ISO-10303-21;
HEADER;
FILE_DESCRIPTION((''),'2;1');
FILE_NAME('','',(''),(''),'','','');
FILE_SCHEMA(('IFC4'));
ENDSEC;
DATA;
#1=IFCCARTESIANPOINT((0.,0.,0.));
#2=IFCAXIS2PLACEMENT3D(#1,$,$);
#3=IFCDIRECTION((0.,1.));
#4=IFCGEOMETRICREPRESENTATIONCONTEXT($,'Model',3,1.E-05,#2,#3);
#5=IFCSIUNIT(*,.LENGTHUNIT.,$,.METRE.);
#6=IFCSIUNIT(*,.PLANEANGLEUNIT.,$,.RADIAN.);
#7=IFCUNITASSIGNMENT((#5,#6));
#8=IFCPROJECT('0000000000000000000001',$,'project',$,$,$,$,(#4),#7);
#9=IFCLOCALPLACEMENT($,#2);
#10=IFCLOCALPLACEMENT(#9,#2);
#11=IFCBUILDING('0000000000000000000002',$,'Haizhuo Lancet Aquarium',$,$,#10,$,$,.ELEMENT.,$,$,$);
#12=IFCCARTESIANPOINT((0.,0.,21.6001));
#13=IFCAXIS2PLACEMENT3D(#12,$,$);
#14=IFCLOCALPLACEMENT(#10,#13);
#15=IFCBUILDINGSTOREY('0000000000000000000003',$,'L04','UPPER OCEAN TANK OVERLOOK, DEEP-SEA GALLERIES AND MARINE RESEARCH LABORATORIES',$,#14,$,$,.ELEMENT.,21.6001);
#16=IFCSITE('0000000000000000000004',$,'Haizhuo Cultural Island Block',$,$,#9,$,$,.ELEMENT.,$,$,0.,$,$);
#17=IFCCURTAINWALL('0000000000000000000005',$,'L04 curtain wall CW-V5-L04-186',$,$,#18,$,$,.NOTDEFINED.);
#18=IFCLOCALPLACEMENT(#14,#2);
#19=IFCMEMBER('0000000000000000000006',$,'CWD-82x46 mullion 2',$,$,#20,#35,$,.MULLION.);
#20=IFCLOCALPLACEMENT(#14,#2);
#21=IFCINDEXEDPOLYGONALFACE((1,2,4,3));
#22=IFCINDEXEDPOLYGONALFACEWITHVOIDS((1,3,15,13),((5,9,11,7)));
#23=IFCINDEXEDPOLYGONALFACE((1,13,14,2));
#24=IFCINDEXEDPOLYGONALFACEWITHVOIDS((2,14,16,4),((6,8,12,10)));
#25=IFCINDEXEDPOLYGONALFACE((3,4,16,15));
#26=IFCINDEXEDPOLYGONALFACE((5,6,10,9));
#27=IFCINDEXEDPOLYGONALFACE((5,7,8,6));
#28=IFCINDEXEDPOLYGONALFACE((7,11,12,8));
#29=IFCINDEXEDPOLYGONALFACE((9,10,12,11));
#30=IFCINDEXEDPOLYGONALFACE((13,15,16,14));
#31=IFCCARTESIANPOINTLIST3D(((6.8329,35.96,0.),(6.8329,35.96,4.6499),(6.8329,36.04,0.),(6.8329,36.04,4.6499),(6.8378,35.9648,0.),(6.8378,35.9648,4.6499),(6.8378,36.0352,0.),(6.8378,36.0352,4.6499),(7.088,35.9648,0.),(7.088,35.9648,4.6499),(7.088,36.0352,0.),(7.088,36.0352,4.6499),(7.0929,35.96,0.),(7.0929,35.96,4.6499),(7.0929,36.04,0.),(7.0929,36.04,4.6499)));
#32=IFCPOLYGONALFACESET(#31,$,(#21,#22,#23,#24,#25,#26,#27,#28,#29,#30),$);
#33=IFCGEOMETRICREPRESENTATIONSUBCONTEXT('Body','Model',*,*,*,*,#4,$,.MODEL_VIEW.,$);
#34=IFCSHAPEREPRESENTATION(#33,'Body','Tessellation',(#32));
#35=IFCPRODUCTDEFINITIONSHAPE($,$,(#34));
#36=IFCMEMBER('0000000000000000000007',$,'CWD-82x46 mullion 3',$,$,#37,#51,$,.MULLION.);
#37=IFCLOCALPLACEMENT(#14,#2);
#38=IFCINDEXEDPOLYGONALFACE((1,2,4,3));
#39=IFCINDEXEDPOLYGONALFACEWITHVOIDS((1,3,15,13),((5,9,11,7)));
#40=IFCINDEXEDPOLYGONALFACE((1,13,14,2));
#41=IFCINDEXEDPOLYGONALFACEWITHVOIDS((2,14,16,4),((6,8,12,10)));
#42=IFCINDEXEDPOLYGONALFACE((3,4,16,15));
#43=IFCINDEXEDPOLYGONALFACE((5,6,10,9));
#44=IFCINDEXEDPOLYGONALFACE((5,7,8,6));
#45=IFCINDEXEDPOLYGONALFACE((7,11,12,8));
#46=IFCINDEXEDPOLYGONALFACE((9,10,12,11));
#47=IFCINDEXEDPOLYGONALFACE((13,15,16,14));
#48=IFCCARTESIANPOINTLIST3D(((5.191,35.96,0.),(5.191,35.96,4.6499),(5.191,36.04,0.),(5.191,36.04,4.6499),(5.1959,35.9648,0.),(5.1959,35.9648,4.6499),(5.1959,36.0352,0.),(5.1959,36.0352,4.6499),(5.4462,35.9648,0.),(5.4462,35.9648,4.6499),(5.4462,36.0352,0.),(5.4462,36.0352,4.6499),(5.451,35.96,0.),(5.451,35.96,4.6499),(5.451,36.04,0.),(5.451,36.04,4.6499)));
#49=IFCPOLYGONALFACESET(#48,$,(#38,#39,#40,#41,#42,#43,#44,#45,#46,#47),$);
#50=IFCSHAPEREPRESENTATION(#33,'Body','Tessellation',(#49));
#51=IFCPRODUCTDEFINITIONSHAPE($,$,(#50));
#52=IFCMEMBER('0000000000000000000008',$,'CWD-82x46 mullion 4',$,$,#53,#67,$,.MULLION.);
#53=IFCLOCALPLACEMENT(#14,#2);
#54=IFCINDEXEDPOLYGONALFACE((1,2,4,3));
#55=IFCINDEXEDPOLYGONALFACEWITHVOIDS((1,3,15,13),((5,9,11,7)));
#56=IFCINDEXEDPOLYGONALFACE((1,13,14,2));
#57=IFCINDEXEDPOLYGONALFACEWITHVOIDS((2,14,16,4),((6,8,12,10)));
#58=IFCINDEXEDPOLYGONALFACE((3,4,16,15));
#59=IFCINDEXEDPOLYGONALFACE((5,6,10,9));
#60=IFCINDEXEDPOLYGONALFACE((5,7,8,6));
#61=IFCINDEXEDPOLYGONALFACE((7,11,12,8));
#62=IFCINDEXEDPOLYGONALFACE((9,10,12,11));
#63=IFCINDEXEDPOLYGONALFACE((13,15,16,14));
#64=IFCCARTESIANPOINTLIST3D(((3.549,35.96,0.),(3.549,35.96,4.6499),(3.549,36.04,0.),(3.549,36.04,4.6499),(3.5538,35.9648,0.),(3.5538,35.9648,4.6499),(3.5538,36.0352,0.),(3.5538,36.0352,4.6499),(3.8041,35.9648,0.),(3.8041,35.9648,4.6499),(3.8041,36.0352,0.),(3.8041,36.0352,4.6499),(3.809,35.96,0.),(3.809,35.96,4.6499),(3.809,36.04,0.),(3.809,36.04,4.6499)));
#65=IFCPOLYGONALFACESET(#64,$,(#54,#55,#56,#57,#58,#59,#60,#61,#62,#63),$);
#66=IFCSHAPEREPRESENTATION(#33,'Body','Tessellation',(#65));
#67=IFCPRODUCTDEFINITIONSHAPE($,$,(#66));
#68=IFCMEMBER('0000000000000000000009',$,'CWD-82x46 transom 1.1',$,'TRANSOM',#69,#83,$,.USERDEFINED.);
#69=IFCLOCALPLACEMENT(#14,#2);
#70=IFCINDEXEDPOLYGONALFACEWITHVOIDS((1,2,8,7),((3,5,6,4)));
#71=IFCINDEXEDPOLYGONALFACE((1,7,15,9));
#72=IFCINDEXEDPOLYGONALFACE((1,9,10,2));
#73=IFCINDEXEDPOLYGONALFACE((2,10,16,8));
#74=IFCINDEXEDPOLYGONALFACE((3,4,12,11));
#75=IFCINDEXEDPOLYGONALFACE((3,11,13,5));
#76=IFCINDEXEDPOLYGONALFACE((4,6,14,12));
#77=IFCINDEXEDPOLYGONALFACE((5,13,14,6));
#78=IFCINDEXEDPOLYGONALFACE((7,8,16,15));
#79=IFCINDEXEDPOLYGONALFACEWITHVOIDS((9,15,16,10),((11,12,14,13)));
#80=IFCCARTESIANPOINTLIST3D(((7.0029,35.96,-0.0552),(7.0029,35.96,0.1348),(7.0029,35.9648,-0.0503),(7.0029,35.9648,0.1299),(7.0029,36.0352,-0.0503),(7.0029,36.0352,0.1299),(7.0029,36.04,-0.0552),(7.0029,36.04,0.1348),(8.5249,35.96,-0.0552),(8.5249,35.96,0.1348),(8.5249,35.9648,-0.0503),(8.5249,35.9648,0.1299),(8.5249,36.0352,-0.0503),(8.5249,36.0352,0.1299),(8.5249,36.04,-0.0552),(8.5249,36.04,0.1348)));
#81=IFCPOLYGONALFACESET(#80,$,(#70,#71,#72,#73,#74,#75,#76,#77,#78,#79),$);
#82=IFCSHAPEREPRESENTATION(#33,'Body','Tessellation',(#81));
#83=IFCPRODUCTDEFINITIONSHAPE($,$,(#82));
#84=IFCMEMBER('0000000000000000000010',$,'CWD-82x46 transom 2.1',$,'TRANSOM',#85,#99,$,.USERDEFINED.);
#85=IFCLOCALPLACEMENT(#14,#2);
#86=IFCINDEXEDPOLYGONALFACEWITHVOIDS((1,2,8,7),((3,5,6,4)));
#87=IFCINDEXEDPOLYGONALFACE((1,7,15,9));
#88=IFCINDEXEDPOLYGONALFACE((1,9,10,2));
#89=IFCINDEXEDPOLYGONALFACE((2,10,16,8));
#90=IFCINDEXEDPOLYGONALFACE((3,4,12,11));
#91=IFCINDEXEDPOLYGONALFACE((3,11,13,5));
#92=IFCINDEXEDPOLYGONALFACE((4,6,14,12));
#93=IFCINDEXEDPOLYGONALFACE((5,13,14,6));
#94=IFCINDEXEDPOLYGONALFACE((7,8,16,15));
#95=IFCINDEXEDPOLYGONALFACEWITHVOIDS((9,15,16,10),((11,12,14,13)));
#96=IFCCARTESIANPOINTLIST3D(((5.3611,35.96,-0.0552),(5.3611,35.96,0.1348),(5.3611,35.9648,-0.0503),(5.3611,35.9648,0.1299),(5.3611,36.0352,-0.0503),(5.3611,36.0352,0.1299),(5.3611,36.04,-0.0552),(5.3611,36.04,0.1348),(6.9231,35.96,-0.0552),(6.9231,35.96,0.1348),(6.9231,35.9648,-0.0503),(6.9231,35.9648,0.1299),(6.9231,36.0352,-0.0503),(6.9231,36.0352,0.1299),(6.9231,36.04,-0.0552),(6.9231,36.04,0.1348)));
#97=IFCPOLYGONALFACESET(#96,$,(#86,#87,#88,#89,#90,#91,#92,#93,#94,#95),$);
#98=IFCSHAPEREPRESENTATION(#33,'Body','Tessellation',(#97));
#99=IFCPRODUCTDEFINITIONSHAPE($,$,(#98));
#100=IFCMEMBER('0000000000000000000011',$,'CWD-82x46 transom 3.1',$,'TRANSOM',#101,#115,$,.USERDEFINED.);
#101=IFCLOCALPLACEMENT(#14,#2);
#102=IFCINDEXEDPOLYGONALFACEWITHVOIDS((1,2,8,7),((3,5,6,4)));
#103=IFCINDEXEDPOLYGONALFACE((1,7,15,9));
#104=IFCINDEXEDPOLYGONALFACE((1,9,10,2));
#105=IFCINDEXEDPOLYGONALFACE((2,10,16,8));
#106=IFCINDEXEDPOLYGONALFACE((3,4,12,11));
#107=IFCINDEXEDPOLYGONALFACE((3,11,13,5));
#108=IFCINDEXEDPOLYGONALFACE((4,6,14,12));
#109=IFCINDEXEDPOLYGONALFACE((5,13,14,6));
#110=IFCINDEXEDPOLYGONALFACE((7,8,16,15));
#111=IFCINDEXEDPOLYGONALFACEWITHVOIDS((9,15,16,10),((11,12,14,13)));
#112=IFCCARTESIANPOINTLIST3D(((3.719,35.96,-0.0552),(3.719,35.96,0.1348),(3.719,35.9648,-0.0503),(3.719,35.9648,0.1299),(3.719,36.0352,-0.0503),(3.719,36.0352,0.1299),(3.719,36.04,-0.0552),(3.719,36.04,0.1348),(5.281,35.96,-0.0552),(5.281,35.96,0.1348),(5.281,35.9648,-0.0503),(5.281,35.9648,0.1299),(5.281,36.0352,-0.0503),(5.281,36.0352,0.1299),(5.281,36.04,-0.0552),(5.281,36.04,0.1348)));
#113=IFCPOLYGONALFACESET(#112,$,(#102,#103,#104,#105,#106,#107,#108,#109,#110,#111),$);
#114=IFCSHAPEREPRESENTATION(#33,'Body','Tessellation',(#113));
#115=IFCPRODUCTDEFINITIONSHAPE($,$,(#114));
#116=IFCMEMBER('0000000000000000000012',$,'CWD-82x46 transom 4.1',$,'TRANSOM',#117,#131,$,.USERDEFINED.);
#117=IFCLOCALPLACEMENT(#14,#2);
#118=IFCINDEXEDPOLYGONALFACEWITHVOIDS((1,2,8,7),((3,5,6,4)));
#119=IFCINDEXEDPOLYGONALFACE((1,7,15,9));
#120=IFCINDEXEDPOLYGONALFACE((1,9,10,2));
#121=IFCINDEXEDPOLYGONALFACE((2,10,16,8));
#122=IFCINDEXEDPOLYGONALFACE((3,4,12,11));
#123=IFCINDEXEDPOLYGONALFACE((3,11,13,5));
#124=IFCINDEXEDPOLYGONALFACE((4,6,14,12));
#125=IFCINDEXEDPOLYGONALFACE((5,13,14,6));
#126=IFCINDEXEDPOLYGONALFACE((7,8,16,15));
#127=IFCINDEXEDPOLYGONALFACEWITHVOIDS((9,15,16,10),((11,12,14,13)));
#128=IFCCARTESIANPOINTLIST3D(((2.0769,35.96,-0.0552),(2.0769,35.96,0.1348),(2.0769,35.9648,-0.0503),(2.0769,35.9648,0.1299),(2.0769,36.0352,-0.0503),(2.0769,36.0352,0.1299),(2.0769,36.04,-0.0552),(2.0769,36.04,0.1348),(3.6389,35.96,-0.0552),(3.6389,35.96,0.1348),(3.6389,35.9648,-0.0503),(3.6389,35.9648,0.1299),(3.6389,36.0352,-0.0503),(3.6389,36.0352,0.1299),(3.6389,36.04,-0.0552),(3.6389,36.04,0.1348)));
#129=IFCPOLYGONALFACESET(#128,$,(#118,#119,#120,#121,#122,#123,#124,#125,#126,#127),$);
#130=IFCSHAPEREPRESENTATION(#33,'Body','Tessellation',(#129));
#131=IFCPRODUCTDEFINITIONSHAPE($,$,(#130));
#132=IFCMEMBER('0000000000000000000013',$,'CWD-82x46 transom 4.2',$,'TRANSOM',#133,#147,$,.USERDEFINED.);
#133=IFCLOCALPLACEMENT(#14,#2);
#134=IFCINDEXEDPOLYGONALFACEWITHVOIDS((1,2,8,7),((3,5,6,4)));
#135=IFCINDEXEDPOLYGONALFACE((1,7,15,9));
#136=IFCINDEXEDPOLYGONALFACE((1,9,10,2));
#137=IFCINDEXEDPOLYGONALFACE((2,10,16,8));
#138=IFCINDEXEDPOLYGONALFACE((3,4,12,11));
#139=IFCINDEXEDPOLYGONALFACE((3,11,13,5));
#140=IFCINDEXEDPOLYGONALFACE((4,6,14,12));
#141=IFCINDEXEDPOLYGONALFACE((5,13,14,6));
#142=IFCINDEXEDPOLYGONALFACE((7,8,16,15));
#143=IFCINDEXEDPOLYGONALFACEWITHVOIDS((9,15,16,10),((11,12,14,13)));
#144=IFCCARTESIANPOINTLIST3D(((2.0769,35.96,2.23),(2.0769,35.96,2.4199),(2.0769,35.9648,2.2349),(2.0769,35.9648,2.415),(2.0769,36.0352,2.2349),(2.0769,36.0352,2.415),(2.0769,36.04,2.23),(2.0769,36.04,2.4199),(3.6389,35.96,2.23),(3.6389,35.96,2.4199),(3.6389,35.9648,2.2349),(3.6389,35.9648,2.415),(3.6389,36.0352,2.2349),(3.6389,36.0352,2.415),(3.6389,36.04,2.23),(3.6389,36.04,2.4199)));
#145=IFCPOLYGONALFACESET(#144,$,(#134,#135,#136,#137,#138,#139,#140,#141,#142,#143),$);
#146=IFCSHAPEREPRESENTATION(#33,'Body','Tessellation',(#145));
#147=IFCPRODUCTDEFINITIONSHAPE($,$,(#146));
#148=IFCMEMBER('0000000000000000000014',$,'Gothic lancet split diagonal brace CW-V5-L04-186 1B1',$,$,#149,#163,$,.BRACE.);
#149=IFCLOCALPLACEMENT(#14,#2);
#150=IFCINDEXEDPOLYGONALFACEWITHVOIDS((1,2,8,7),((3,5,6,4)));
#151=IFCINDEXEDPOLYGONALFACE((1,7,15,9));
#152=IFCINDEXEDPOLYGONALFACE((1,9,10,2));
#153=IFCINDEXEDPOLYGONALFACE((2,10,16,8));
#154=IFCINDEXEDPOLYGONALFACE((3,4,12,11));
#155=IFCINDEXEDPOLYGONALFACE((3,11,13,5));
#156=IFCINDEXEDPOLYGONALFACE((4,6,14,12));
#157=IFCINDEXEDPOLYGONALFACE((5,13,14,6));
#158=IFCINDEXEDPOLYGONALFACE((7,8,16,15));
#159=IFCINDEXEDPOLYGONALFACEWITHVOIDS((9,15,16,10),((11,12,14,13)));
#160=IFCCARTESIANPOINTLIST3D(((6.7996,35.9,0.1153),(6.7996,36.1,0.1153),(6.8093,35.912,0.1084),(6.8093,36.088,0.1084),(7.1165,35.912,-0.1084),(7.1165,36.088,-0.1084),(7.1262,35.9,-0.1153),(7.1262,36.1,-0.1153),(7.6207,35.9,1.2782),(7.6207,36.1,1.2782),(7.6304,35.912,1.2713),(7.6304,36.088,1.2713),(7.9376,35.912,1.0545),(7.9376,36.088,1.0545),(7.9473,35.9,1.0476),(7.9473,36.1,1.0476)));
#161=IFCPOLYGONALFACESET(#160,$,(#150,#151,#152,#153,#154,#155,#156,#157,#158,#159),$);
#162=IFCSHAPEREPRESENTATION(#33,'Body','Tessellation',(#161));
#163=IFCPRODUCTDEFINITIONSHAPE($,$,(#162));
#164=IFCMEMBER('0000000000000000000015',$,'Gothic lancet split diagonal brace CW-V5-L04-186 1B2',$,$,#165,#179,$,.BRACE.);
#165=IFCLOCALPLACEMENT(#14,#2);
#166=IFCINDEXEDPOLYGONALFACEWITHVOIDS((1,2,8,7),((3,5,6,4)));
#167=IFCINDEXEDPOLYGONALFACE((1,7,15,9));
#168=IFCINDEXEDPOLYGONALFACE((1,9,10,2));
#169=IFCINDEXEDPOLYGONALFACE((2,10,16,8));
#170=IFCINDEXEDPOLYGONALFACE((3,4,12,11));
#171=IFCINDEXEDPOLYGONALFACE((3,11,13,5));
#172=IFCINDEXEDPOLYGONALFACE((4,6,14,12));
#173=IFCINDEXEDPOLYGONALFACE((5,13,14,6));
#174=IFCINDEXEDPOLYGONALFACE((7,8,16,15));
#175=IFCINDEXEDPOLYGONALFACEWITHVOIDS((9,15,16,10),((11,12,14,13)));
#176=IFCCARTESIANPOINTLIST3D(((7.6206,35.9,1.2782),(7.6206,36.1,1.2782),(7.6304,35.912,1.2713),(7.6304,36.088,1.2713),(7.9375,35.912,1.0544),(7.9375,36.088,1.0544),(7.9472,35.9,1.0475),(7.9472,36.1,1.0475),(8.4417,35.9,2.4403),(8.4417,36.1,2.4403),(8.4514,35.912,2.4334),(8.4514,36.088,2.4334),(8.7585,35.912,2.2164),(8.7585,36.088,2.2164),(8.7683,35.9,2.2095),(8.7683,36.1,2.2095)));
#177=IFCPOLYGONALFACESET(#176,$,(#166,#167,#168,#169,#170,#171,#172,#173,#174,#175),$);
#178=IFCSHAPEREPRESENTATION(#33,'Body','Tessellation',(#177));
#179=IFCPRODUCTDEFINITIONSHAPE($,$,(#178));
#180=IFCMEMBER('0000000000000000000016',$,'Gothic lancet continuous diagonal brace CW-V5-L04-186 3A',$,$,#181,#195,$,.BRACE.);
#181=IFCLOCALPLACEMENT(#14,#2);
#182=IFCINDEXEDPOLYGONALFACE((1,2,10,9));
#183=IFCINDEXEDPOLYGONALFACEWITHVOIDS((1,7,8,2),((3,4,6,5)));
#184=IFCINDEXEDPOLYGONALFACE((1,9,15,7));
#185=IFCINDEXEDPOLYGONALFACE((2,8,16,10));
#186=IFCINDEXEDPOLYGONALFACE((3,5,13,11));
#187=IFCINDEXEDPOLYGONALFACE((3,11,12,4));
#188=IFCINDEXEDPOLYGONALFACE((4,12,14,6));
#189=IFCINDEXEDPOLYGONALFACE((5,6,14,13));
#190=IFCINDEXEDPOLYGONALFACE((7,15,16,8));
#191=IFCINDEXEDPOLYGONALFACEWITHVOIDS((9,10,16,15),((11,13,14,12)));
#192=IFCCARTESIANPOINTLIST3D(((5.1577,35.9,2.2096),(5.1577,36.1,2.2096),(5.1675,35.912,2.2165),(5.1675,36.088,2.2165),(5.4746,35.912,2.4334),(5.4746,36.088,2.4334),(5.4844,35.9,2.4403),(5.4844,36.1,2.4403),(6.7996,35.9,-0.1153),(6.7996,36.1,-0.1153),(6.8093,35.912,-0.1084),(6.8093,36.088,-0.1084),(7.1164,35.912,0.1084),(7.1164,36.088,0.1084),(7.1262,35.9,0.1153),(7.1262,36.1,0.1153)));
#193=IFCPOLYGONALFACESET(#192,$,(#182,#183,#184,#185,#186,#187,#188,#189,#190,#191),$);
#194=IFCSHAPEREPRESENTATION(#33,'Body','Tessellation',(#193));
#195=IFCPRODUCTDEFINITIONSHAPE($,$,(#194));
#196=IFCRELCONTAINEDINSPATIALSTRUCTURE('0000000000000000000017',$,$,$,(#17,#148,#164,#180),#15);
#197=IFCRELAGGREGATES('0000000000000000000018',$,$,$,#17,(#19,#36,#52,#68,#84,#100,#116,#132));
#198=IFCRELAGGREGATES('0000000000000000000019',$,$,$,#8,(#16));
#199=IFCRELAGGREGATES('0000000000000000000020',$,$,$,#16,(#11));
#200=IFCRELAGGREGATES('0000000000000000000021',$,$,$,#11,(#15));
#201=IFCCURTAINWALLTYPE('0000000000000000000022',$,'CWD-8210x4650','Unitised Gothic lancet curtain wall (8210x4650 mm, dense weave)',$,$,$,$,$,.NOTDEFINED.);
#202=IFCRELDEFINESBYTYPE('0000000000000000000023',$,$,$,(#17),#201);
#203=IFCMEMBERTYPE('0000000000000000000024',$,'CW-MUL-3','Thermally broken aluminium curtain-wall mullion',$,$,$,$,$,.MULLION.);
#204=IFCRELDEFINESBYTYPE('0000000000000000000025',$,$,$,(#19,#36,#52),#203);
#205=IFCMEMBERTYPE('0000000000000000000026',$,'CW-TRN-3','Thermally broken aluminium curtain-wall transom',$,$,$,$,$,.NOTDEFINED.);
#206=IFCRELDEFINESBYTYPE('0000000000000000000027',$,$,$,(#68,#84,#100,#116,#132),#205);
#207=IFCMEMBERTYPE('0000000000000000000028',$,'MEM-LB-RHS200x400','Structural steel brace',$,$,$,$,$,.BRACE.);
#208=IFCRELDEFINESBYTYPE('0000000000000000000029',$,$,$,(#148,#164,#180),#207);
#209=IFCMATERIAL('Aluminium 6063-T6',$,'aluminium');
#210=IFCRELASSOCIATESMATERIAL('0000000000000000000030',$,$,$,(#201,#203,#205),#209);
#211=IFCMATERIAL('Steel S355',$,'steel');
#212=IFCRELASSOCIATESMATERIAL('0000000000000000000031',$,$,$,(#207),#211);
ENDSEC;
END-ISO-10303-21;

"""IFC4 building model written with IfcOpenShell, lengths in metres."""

from ifc_helpers import new_model, si_unit, direction, frame, origin, origin_2d, place, context, subcontext, project, spatial, hollow_rectangle, extrude, material, material_profile, profile_set, type_object, element, aggregate, save


model = new_model("IFC4")

# Units and contexts
model_context = context("Model", 3, precision=1e-05, world=origin(), true_north=direction((0.0, 1.0)))
body_context = subcontext(model_context, "Body", "Model", "MODEL_VIEW")
ifc_project = project(units=[si_unit("LENGTHUNIT", "METRE"), si_unit("PLANEANGLEUNIT", "RADIAN")], contexts=[model_context])

# Site, building, storey
site_placement = place(None, origin())
site = spatial("IfcSite", under=ifc_project, at=site_placement, Name="Haizhuo Cultural Island Block", CompositionType="ELEMENT", RefElevation=0.0)
building_placement = place(site_placement, origin())
building = spatial("IfcBuilding", under=site, at=building_placement, Name="Haizhuo Lancet Aquarium", CompositionType="ELEMENT")
storey_placement = place(building_placement, frame((0.0, 0.0, 21.6001)))
storey = spatial("IfcBuildingStorey", under=building, at=storey_placement, Name="L04", Description="UPPER OCEAN TANK OVERLOOK, DEEP-SEA GALLERIES AND MARINE RESEARCH LABORATORIES", CompositionType="ELEMENT", Elevation=21.6001)

# Curtain wall, members
ifc_material_1 = material(Name="Aluminium 6063-T6", Category="aluminium")
curtain_wall_type = type_object("IfcCurtainWallType", Name="CWD-8210x4650", Description="Unitised Gothic lancet curtain wall (8210x4650 mm, dense weave)", PredefinedType="NOTDEFINED", material=ifc_material_1)
curtain_wall_placement = place(storey_placement, origin())
curtain_wall = element("IfcCurtainWall", 1, at=curtain_wall_placement, inside=storey, type_object=curtain_wall_type, Name="L04 curtain wall CW-V5-L04-186", PredefinedType="NOTDEFINED")
ifc_material_profile_1 = material_profile(ifc_material_1, hollow_rectangle(XDim=0.0801, YDim=0.26, WallThickness=0.0049, at=origin_2d()), Name="ALU-M 80x260x5")
ifc_profile_set_1 = profile_set([ifc_material_profile_1], Name="Aluminium 6063-T6")
member_type_1 = type_object("IfcMemberType", Name="CW-MUL-3", Description="Thermally broken aluminium curtain-wall mullion", PredefinedType="MULLION", material=ifc_profile_set_1)
member_1_placement = place(storey_placement, frame((6.9629, 36.0, 0.0), z_axis=(0.0, 0.0, 1.0), x_axis=(0.0, -1.0, 0.0)))
member_1 = element("IfcMember", 2, at=member_1_placement, type_object=member_type_1, Name="CWD-82x46 mullion 2", PredefinedType="MULLION", context=body_context, shape_type="SweptSolid", body=[
    extrude(hollow_rectangle(XDim=0.0801, YDim=0.26, WallThickness=0.0049, at=origin_2d()), origin(), (0.0, 0.0, 1.0), 4.6499),
])
member_2_placement = place(storey_placement, frame((5.321, 36.0, 0.0), z_axis=(0.0, 0.0, 1.0), x_axis=(0.0, -1.0, 0.0)))
member_2 = element("IfcMember", 3, at=member_2_placement, type_object=member_type_1, Name="CWD-82x46 mullion 3", PredefinedType="MULLION", context=body_context, shape_type="SweptSolid", body=[
    extrude(hollow_rectangle(XDim=0.0801, YDim=0.26, WallThickness=0.0049, at=origin_2d()), origin(), (0.0, 0.0, 1.0), 4.6499),
])
member_3_placement = place(storey_placement, frame((3.679, 36.0, 0.0), z_axis=(0.0, 0.0, 1.0), x_axis=(0.0, -1.0, 0.0)))
member_3 = element("IfcMember", 4, at=member_3_placement, type_object=member_type_1, Name="CWD-82x46 mullion 4", PredefinedType="MULLION", context=body_context, shape_type="SweptSolid", body=[
    extrude(hollow_rectangle(XDim=0.0801, YDim=0.26, WallThickness=0.0049, at=origin_2d()), origin(), (0.0, 0.0, 1.0), 4.6499),
])
ifc_material_profile_2 = material_profile(ifc_material_1, hollow_rectangle(XDim=0.0801, YDim=0.1899, WallThickness=0.0049, at=origin_2d()), Name="ALU-T 80x190x5")
ifc_profile_set_2 = profile_set([ifc_material_profile_2], Name="Aluminium 6063-T6")
member_type_2 = type_object("IfcMemberType", Name="CW-TRN-3", Description="Thermally broken aluminium curtain-wall transom", PredefinedType="NOTDEFINED", material=ifc_profile_set_2)
member_4_placement = place(storey_placement, frame((8.5249, 36.0, 0.0398), z_axis=(-1.0, 0.0, 0.0), x_axis=(0.0, -1.0, 0.0)))
member_4 = element("IfcMember", 5, at=member_4_placement, type_object=member_type_2, Name="CWD-82x46 transom 1.1", ObjectType="TRANSOM", PredefinedType="USERDEFINED", context=body_context, shape_type="SweptSolid", body=[
    extrude(hollow_rectangle(XDim=0.0801, YDim=0.1899, WallThickness=0.0049, at=origin_2d()), origin(), (0.0, 0.0, 1.0), 1.522),
])
member_5_placement = place(storey_placement, frame((6.9231, 36.0, 0.0398), z_axis=(-1.0, 0.0, 0.0), x_axis=(0.0, -1.0, 0.0)))
member_5 = element("IfcMember", 6, at=member_5_placement, type_object=member_type_2, Name="CWD-82x46 transom 2.1", ObjectType="TRANSOM", PredefinedType="USERDEFINED", context=body_context, shape_type="SweptSolid", body=[
    extrude(hollow_rectangle(XDim=0.0801, YDim=0.1899, WallThickness=0.0049, at=origin_2d()), origin(), (0.0, 0.0, 1.0), 1.562),
])
member_6_placement = place(storey_placement, frame((5.281, 36.0, 0.0398), z_axis=(-1.0, 0.0, 0.0), x_axis=(0.0, -1.0, 0.0)))
member_6 = element("IfcMember", 7, at=member_6_placement, type_object=member_type_2, Name="CWD-82x46 transom 3.1", ObjectType="TRANSOM", PredefinedType="USERDEFINED", context=body_context, shape_type="SweptSolid", body=[
    extrude(hollow_rectangle(XDim=0.0801, YDim=0.1899, WallThickness=0.0049, at=origin_2d()), origin(), (0.0, 0.0, 1.0), 1.562),
])
member_7_placement = place(storey_placement, frame((3.6389, 36.0, 0.0398), z_axis=(-1.0, 0.0, 0.0), x_axis=(0.0, -1.0, 0.0)))
member_7 = element("IfcMember", 8, at=member_7_placement, type_object=member_type_2, Name="CWD-82x46 transom 4.1", ObjectType="TRANSOM", PredefinedType="USERDEFINED", context=body_context, shape_type="SweptSolid", body=[
    extrude(hollow_rectangle(XDim=0.0801, YDim=0.1899, WallThickness=0.0049, at=origin_2d()), origin(), (0.0, 0.0, 1.0), 1.562),
])
member_8_placement = place(storey_placement, frame((3.6389, 36.0, 2.325), z_axis=(-1.0, 0.0, 0.0), x_axis=(0.0, -1.0, 0.0)))
member_8 = element("IfcMember", 9, at=member_8_placement, type_object=member_type_2, Name="CWD-82x46 transom 4.2", ObjectType="TRANSOM", PredefinedType="USERDEFINED", context=body_context, shape_type="SweptSolid", body=[
    extrude(hollow_rectangle(XDim=0.0801, YDim=0.1899, WallThickness=0.0049, at=origin_2d()), origin(), (0.0, 0.0, 1.0), 1.562),
])

# Members
ifc_material_2 = material(Name="Steel S355", Category="steel")
ifc_material_profile_3 = material_profile(ifc_material_2, hollow_rectangle(XDim=0.2, YDim=0.3999, WallThickness=0.012, at=origin_2d()), Name="RHS 200x400x12")
ifc_profile_set_3 = profile_set([ifc_material_profile_3], Name="Steel S355")
member_type_3 = type_object("IfcMemberType", Name="MEM-LB-RHS200x400", Description="Structural steel brace", PredefinedType="BRACE", material=ifc_profile_set_3)
member_9_placement = place(storey_placement, frame((6.9629, 36.0, 0.0), z_axis=(0.576784, 0.0, 0.816897), x_axis=(0.0, 1.0, 0.0)))
element("IfcMember", 10, at=member_9_placement, inside=storey, type_object=member_type_3, Name="Gothic lancet split diagonal brace CW-V5-L04-186 1B1", PredefinedType="BRACE", context=body_context, shape_type="SweptSolid", body=[
    extrude(hollow_rectangle(XDim=0.2, YDim=0.3999, WallThickness=0.012, at=origin_2d()), origin(), (0.0, 0.0, 1.0), 1.4236),
])
member_10_placement = place(storey_placement, frame((7.7839, 36.0, 1.1628), z_axis=(0.577027, 0.0, 0.816725), x_axis=(0.0, 1.0, 0.0)))
element("IfcMember", 11, at=member_10_placement, inside=storey, type_object=member_type_3, Name="Gothic lancet split diagonal brace CW-V5-L04-186 1B2", PredefinedType="BRACE", context=body_context, shape_type="SweptSolid", body=[
    extrude(hollow_rectangle(XDim=0.2, YDim=0.3999, WallThickness=0.012, at=origin_2d()), origin(), (0.0, 0.0, 1.0), 1.4229),
])
member_11_placement = place(storey_placement, frame((6.9629, 36.0, 0.0), z_axis=(-0.576848, 0.0, 0.816851), x_axis=(0.0, -1.0, 0.0)))
element("IfcMember", 12, at=member_11_placement, inside=storey, type_object=member_type_3, Name="Gothic lancet continuous diagonal brace CW-V5-L04-186 3A", PredefinedType="BRACE", context=body_context, shape_type="SweptSolid", body=[
    extrude(hollow_rectangle(XDim=0.2, YDim=0.3999, WallThickness=0.012, at=origin_2d()), origin(), (0.0, 0.0, 1.0), 2.8462),
])

aggregate(curtain_wall, [member_1, member_2, member_3, member_4, member_5, member_6, member_7, member_8])

save(model, "model.ifc")
